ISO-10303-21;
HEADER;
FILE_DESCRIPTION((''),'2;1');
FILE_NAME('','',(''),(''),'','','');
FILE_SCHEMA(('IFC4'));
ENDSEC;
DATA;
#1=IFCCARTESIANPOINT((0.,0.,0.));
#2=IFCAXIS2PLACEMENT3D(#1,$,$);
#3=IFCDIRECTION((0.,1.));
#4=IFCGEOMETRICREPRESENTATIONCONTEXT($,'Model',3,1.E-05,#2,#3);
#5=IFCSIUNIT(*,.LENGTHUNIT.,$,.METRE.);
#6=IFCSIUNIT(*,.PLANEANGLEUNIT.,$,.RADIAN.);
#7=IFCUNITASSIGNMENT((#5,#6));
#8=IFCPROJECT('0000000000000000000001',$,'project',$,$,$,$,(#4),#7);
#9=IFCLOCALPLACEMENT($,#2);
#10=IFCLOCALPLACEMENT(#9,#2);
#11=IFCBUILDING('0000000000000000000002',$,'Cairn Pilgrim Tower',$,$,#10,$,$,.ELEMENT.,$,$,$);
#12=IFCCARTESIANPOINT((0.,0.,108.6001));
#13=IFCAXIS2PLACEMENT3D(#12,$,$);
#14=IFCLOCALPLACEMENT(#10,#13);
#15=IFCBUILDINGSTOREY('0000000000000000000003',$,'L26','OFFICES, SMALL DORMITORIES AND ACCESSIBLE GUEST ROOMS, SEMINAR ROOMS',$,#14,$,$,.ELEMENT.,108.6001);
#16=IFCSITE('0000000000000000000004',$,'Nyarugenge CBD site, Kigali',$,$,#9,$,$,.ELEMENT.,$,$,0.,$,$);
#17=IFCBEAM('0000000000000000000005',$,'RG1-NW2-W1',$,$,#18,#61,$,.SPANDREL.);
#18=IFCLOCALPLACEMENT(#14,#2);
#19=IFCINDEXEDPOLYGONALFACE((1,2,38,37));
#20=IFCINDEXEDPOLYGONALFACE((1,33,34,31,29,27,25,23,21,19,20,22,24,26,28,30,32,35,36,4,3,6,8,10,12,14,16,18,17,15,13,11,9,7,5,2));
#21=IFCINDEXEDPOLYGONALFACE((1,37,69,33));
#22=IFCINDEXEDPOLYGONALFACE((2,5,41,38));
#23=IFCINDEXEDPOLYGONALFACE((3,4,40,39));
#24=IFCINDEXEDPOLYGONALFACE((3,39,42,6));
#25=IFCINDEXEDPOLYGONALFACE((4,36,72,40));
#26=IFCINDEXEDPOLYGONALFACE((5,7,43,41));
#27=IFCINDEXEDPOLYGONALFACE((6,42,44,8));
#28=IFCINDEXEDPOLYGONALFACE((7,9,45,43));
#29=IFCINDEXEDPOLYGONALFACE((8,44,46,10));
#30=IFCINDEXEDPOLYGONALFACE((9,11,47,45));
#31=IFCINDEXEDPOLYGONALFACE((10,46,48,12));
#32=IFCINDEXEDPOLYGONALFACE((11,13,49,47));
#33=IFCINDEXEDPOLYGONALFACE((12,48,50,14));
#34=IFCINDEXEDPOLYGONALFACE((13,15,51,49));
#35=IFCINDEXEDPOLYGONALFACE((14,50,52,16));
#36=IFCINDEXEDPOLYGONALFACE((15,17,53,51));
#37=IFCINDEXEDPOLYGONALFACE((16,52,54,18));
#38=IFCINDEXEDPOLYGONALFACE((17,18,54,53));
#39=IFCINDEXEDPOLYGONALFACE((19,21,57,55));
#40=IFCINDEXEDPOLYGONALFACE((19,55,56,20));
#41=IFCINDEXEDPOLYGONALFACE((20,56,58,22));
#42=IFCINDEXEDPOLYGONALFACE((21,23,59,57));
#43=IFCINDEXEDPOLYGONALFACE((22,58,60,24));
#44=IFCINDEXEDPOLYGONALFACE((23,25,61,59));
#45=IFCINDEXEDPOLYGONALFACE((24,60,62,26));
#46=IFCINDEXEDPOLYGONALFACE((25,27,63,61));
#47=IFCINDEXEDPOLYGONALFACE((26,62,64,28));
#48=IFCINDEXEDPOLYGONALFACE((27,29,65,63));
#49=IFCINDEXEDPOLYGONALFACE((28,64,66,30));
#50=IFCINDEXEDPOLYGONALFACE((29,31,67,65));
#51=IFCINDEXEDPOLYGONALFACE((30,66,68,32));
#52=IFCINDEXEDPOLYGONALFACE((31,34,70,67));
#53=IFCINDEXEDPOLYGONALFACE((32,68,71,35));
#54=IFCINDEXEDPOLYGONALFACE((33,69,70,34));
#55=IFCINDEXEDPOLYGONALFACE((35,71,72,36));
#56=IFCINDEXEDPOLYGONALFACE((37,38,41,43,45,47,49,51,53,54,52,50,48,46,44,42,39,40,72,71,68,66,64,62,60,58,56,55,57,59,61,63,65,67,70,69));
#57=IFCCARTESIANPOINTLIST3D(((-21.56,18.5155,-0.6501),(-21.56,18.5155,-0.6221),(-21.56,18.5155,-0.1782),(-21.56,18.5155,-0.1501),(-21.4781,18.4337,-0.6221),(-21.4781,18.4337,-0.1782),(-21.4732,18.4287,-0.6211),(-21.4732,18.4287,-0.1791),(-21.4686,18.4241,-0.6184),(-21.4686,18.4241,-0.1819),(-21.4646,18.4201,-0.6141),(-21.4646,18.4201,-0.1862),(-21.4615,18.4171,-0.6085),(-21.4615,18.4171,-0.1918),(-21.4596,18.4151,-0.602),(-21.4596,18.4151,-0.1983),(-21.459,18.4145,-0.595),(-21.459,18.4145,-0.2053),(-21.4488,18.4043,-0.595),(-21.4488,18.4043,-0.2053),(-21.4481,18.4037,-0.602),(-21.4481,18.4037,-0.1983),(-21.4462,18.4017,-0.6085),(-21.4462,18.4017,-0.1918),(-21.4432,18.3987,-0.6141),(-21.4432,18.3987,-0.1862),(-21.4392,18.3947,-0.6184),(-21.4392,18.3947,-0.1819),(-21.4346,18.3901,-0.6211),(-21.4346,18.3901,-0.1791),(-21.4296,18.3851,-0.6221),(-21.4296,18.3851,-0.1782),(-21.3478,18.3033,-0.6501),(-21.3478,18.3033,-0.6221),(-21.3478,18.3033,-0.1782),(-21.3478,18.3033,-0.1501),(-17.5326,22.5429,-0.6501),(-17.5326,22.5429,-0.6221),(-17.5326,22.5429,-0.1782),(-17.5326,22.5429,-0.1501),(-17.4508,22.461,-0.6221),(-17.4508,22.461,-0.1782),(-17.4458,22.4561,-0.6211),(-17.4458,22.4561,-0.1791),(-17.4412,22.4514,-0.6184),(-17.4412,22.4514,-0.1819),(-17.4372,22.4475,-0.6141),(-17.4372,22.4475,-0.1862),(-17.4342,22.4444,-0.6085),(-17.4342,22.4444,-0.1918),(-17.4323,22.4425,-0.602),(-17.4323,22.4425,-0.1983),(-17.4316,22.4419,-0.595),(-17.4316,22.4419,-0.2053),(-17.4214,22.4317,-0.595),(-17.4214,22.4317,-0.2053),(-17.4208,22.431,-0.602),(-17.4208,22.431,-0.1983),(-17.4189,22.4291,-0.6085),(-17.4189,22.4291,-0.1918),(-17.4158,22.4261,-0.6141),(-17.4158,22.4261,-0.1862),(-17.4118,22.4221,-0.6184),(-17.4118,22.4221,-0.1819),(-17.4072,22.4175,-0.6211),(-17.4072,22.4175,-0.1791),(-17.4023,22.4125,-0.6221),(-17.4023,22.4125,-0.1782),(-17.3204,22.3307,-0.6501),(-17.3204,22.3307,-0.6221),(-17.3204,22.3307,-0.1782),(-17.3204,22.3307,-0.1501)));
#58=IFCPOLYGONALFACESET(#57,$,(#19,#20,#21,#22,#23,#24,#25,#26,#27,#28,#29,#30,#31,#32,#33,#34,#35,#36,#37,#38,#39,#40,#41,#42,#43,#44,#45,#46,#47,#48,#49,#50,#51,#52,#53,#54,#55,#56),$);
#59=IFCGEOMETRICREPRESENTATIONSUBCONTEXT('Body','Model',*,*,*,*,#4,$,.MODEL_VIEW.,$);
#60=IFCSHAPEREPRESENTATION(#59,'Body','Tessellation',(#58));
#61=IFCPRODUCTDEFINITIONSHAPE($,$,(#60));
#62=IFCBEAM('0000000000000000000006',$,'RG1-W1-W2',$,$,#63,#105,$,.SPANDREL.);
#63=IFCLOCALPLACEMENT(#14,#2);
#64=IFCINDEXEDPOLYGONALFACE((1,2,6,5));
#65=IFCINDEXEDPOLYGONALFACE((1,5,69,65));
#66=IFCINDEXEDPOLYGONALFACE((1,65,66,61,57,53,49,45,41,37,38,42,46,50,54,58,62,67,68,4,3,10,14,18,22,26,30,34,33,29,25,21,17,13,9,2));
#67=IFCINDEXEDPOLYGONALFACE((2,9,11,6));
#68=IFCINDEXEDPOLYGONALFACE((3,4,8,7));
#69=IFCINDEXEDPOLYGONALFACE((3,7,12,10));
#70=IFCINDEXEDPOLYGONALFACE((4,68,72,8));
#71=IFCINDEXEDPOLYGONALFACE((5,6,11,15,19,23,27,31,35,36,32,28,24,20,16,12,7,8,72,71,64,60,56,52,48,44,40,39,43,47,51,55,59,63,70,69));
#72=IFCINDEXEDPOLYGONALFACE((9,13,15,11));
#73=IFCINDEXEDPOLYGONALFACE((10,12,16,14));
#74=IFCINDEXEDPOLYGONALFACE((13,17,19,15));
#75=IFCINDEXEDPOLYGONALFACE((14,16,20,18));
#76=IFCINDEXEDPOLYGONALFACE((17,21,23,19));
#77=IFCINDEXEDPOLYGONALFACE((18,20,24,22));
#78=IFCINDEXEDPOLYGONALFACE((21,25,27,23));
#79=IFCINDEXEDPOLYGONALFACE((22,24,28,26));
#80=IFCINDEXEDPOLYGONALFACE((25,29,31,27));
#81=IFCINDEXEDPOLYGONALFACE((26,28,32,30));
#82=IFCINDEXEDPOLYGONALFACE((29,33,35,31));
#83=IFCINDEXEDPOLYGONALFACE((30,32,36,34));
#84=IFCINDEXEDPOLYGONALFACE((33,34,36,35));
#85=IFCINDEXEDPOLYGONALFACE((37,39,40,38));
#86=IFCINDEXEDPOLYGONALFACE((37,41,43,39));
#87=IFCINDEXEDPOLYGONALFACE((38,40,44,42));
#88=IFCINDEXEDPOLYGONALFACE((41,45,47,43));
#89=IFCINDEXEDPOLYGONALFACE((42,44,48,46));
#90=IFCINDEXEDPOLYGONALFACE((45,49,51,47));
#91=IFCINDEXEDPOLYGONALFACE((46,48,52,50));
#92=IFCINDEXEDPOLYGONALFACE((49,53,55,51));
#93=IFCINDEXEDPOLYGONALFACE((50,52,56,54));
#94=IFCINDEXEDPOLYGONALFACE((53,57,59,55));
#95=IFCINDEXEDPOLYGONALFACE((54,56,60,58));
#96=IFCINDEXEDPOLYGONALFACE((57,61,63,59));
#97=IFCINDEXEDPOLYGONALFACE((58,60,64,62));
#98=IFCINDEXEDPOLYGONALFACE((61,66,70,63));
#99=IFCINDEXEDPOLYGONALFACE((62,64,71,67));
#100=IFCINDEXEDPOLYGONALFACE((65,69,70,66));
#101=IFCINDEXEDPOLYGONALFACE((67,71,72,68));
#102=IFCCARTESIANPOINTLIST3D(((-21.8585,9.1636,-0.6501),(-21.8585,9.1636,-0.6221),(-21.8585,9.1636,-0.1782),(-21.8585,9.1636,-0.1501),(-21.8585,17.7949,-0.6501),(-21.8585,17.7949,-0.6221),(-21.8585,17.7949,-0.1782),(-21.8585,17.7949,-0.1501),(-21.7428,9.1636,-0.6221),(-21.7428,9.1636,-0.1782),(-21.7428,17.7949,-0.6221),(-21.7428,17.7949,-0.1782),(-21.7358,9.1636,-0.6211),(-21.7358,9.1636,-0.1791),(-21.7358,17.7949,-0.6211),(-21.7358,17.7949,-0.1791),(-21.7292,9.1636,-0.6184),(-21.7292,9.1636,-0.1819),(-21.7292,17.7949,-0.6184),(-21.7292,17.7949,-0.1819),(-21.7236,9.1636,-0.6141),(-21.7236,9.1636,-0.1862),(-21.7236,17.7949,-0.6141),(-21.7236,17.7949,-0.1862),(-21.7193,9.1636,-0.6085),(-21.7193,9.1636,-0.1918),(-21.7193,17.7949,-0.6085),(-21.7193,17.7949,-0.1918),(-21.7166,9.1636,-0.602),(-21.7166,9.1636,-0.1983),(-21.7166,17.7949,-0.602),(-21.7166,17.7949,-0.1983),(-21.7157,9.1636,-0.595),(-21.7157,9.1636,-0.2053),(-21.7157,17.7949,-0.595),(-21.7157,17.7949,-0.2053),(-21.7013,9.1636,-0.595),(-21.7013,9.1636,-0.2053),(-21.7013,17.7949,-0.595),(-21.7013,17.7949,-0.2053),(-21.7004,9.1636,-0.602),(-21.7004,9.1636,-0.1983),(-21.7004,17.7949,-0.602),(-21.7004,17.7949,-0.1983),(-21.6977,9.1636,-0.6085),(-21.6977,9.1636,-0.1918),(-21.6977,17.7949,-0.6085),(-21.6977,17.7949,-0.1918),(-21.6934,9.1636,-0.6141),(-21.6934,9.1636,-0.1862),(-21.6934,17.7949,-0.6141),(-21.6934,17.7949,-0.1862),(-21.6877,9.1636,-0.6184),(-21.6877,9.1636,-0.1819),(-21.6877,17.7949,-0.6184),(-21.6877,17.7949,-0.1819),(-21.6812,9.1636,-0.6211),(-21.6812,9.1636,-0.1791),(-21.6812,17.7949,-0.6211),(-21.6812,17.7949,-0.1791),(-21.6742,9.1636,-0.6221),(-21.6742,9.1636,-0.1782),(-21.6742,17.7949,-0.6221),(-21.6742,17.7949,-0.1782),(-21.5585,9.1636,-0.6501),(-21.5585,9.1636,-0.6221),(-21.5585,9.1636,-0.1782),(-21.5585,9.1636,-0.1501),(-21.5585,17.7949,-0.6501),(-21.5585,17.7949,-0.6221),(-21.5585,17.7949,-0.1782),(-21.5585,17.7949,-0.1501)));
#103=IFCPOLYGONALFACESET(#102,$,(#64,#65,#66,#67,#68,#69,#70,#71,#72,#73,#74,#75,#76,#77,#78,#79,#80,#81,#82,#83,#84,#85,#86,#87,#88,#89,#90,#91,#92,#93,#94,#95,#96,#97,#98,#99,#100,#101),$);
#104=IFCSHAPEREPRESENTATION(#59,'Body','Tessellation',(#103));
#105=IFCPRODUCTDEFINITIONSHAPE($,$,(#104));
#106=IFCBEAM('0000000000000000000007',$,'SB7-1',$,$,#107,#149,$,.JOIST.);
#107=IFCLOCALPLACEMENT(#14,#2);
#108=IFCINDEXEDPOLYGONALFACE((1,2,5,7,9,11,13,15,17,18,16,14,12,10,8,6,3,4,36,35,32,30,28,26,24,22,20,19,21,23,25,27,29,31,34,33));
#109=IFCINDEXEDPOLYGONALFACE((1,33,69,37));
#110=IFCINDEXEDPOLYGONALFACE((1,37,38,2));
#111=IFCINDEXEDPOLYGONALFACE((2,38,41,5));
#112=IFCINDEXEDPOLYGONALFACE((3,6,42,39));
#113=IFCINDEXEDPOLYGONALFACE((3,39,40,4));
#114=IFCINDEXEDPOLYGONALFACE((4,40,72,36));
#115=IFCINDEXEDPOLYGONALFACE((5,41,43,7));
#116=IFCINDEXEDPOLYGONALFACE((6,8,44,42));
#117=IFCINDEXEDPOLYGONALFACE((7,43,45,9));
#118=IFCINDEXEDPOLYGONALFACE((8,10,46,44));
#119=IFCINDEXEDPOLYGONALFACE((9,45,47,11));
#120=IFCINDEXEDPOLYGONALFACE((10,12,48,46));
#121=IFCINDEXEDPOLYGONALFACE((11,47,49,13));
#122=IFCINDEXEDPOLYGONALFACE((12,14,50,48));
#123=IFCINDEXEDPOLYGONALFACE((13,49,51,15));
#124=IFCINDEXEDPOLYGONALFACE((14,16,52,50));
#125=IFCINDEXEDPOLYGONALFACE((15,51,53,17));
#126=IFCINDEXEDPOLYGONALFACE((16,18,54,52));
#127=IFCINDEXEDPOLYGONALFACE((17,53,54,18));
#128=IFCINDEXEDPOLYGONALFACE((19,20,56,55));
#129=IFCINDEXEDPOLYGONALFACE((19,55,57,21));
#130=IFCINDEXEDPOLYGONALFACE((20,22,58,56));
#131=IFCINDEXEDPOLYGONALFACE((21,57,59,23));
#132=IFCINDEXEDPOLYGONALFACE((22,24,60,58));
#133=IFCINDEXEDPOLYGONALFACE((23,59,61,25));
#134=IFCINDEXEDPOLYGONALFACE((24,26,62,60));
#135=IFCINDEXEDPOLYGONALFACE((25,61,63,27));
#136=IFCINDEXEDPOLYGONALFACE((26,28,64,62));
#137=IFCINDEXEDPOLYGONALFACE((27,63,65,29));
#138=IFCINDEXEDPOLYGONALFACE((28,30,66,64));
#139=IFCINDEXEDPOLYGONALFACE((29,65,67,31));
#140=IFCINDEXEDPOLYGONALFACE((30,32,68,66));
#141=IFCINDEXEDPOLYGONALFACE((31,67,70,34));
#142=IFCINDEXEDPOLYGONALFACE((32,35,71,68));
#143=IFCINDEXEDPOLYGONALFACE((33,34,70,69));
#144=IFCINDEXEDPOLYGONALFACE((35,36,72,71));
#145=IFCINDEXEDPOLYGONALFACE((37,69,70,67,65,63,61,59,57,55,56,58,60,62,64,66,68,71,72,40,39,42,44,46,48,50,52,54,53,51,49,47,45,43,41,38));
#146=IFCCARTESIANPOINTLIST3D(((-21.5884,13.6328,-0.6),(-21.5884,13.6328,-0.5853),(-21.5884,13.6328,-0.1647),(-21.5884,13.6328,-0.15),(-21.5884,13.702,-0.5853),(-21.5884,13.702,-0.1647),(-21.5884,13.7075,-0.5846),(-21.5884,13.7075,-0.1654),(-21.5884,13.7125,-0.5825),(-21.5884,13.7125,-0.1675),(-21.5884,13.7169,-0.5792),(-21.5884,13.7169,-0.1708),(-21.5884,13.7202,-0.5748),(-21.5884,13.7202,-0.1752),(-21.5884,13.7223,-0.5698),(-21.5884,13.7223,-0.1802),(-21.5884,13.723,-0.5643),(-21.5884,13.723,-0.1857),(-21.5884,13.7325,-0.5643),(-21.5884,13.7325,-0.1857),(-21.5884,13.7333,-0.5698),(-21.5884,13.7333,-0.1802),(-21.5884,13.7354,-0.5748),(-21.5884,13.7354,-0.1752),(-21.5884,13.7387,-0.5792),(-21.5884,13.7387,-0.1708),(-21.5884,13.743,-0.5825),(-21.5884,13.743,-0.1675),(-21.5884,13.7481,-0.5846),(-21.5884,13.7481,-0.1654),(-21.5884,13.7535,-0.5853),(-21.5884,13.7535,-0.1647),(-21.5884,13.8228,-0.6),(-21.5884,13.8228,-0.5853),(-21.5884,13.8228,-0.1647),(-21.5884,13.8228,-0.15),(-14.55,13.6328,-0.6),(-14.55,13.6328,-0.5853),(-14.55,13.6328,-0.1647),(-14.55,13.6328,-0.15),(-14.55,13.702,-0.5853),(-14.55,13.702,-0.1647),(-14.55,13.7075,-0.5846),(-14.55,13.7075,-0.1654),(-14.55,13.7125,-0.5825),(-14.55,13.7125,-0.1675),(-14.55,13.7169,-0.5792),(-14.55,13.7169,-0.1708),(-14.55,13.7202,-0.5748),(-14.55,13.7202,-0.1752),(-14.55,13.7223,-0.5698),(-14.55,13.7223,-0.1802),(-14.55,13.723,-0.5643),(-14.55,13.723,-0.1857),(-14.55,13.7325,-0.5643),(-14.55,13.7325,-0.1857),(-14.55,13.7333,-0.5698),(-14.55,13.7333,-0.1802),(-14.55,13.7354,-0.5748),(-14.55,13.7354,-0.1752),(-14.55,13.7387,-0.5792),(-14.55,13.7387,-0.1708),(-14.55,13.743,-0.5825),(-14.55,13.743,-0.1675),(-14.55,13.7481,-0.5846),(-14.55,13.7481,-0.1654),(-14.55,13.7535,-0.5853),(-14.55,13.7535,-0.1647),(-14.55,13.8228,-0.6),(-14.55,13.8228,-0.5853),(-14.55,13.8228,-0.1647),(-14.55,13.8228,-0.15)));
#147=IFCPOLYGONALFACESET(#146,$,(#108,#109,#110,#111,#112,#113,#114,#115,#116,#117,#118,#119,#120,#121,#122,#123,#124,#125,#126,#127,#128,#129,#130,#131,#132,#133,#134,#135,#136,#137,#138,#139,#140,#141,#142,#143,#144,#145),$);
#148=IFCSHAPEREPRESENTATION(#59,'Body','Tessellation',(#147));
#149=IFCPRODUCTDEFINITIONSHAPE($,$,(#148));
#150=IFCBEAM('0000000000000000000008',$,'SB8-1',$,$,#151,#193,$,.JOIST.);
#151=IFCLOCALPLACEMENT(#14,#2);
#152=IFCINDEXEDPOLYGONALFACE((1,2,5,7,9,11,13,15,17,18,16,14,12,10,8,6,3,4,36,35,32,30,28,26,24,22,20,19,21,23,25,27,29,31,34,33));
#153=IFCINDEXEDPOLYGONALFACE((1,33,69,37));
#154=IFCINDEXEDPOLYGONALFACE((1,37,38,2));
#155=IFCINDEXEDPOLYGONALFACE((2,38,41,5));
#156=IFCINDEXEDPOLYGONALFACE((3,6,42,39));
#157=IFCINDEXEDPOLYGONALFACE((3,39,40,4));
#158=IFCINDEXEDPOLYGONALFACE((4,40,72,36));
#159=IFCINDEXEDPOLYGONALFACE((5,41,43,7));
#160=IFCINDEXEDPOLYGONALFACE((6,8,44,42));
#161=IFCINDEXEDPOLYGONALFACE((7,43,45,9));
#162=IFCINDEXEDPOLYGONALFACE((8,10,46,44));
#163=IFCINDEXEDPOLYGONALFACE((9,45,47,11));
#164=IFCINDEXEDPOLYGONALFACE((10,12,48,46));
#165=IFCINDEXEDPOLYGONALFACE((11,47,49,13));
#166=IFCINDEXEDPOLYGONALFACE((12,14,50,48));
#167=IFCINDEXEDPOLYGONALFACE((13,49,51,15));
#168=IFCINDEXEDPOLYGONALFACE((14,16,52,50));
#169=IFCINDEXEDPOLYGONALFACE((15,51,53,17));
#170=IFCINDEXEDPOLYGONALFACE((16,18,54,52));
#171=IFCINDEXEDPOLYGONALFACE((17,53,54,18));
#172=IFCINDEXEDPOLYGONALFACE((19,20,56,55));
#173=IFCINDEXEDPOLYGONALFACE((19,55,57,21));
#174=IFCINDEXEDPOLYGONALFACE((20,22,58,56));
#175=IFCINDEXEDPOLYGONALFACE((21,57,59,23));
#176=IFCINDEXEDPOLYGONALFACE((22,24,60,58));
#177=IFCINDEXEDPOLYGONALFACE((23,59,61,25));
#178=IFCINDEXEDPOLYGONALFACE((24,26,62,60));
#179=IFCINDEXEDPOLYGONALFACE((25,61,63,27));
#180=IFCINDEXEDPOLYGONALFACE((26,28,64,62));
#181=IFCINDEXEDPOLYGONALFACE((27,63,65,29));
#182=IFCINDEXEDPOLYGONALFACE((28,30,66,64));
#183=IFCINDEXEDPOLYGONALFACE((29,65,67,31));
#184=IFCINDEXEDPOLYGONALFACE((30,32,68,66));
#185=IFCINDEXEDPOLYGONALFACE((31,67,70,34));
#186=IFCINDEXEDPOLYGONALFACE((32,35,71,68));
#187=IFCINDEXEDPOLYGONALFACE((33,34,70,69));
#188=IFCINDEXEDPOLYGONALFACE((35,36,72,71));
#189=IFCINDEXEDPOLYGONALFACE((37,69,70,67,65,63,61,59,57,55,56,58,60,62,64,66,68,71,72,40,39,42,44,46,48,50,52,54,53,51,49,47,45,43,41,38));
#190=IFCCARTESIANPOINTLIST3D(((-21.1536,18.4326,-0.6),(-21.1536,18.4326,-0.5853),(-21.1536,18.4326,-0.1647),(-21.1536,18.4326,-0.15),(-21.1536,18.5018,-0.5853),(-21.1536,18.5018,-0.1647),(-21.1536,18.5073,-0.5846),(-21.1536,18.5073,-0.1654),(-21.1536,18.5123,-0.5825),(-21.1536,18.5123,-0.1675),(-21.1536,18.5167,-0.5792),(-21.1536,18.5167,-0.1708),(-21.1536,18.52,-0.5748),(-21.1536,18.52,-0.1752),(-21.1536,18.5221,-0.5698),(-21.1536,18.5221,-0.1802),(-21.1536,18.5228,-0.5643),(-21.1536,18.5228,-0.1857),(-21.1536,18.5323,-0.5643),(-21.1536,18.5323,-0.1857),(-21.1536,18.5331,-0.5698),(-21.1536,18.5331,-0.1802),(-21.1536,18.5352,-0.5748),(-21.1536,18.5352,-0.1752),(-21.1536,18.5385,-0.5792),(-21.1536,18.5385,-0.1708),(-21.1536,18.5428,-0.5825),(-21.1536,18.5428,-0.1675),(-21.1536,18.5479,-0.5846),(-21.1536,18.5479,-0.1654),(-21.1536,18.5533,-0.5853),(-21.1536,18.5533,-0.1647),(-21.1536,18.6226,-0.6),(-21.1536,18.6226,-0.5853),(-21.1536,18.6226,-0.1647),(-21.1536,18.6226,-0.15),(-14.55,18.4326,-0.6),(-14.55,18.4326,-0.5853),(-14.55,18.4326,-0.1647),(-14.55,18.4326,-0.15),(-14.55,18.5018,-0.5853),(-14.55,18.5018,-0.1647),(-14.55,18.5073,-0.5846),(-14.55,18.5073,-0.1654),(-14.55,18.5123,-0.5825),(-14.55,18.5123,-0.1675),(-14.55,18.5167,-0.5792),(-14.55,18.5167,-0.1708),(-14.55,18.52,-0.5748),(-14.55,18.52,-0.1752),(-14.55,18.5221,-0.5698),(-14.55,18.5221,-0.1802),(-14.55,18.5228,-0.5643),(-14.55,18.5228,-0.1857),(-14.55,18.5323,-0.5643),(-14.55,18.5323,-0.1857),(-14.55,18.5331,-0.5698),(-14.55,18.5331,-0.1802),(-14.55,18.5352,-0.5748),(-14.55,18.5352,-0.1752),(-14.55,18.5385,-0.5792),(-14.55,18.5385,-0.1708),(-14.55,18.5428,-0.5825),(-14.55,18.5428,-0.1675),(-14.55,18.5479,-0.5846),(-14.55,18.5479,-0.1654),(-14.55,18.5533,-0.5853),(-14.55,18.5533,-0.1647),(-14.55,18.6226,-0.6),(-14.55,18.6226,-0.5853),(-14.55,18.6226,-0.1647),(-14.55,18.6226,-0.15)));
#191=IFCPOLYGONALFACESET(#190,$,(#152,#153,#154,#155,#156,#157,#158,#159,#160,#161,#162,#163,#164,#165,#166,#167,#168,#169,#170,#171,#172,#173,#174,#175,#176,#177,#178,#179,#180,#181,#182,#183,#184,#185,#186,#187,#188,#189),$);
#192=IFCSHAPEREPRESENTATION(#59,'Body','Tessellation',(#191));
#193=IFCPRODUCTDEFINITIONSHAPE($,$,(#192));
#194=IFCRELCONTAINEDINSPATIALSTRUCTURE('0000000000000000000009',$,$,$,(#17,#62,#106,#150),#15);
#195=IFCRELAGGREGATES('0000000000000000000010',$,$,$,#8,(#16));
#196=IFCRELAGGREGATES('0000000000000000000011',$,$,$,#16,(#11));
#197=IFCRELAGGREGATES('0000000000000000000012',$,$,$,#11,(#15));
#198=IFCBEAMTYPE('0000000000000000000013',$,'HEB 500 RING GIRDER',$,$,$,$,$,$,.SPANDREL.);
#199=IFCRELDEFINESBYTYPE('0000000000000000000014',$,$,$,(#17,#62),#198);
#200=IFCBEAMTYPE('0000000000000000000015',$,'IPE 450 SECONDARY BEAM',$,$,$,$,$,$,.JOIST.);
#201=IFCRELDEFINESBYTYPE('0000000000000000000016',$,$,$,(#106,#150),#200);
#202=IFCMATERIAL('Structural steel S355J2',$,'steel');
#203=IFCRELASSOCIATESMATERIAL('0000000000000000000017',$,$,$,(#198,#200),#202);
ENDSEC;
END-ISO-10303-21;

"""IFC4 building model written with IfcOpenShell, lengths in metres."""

from ifc_helpers import new_model, si_unit, direction, frame, origin, origin_2d, place, context, subcontext, project, spatial, i_section, extrude, material, material_profile, profile_set, type_object, element, save


model = new_model("IFC4")

# Units and contexts
model_context = context("Model", 3, precision=1e-05, world=origin(), true_north=direction((0.0, 1.0)))
body_context = subcontext(model_context, "Body", "Model", "MODEL_VIEW")
ifc_project = project(units=[si_unit("LENGTHUNIT", "METRE"), si_unit("PLANEANGLEUNIT", "RADIAN")], contexts=[model_context])

# Site, building, storey
site_placement = place(None, origin())
site = spatial("IfcSite", under=ifc_project, at=site_placement, Name="Nyarugenge CBD site, Kigali", CompositionType="ELEMENT", RefElevation=0.0)
building_placement = place(site_placement, origin())
building = spatial("IfcBuilding", under=site, at=building_placement, Name="Cairn Pilgrim Tower", CompositionType="ELEMENT")
storey_placement = place(building_placement, frame((0.0, 0.0, 108.6001)))
storey = spatial("IfcBuildingStorey", under=building, at=storey_placement, Name="L26", Description="OFFICES, SMALL DORMITORIES AND ACCESSIBLE GUEST ROOMS, SEMINAR ROOMS", CompositionType="ELEMENT", Elevation=108.6001)

# Shared definitions
ifc_material_1 = material(Name="Structural steel S355J2", Category="steel")

# Beams
ifc_material_profile_1 = material_profile(ifc_material_1, i_section(OverallWidth=0.3, OverallDepth=0.5, WebThickness=0.0144, FlangeThickness=0.0281, FilletRadius=0.0271, at=origin_2d()), Name="HEB 500")
ifc_profile_set_1 = profile_set([ifc_material_profile_1], Name="Structural steel S355J2")
beam_type_1 = type_object("IfcBeamType", Name="HEB 500 RING GIRDER", PredefinedType="SPANDREL", material=ifc_profile_set_1)
beam_1_placement = place(storey_placement, frame((-17.4265, 22.4368, -0.4001), z_axis=(-0.707107, -0.707107, 0.0), x_axis=(0.707107, -0.707107, 0.0)))
element("IfcBeam", 1, at=beam_1_placement, inside=storey, type_object=beam_type_1, Name="RG1-NW2-W1", PredefinedType="SPANDREL", context=body_context, shape_type="SweptSolid", body=[
    extrude(i_section(OverallWidth=0.3, OverallDepth=0.5, WebThickness=0.0144, FlangeThickness=0.0281, FilletRadius=0.0271, at=origin_2d()), origin(), (0.0, 0.0, 1.0), 5.6956),
])
beam_2_placement = place(storey_placement, frame((-21.7085, 17.7949, -0.4001), z_axis=(0.0, -1.0, 0.0), x_axis=(1.0, 0.0, 0.0)))
element("IfcBeam", 2, at=beam_2_placement, inside=storey, type_object=beam_type_1, Name="RG1-W1-W2", PredefinedType="SPANDREL", context=body_context, shape_type="SweptSolid", body=[
    extrude(i_section(OverallWidth=0.3, OverallDepth=0.5, WebThickness=0.0144, FlangeThickness=0.0281, FilletRadius=0.0271, at=origin_2d()), origin(), (0.0, 0.0, 1.0), 8.6313),
])
ifc_material_profile_2 = material_profile(ifc_material_1, i_section(OverallWidth=0.1899, OverallDepth=0.45, WebThickness=0.0095, FlangeThickness=0.0146, FilletRadius=0.021, at=origin_2d()), Name="IPE 450")
ifc_profile_set_2 = profile_set([ifc_material_profile_2], Name="Structural steel S355J2")
beam_type_2 = type_object("IfcBeamType", Name="IPE 450 SECONDARY BEAM", PredefinedType="JOIST", material=ifc_profile_set_2)
beam_3_placement = place(storey_placement, frame((-21.5884, 13.7278, -0.375), z_axis=(1.0, 0.0, 0.0), x_axis=(0.0, 1.0, 0.0)))
element("IfcBeam", 3, at=beam_3_placement, inside=storey, type_object=beam_type_2, Name="SB7-1", PredefinedType="JOIST", context=body_context, shape_type="SweptSolid", body=[
    extrude(i_section(OverallWidth=0.1899, OverallDepth=0.45, WebThickness=0.0095, FlangeThickness=0.0146, FilletRadius=0.021, at=origin_2d()), origin(), (0.0, 0.0, 1.0), 7.0383),
])
beam_4_placement = place(storey_placement, frame((-21.1536, 18.5276, -0.375), z_axis=(1.0, 0.0, 0.0), x_axis=(0.0, 1.0, 0.0)))
element("IfcBeam", 4, at=beam_4_placement, inside=storey, type_object=beam_type_2, Name="SB8-1", PredefinedType="JOIST", context=body_context, shape_type="SweptSolid", body=[
    extrude(i_section(OverallWidth=0.1899, OverallDepth=0.45, WebThickness=0.0095, FlangeThickness=0.0146, FilletRadius=0.021, at=origin_2d()), origin(), (0.0, 0.0, 1.0), 6.6035),
])

save(model, "model.ifc")
